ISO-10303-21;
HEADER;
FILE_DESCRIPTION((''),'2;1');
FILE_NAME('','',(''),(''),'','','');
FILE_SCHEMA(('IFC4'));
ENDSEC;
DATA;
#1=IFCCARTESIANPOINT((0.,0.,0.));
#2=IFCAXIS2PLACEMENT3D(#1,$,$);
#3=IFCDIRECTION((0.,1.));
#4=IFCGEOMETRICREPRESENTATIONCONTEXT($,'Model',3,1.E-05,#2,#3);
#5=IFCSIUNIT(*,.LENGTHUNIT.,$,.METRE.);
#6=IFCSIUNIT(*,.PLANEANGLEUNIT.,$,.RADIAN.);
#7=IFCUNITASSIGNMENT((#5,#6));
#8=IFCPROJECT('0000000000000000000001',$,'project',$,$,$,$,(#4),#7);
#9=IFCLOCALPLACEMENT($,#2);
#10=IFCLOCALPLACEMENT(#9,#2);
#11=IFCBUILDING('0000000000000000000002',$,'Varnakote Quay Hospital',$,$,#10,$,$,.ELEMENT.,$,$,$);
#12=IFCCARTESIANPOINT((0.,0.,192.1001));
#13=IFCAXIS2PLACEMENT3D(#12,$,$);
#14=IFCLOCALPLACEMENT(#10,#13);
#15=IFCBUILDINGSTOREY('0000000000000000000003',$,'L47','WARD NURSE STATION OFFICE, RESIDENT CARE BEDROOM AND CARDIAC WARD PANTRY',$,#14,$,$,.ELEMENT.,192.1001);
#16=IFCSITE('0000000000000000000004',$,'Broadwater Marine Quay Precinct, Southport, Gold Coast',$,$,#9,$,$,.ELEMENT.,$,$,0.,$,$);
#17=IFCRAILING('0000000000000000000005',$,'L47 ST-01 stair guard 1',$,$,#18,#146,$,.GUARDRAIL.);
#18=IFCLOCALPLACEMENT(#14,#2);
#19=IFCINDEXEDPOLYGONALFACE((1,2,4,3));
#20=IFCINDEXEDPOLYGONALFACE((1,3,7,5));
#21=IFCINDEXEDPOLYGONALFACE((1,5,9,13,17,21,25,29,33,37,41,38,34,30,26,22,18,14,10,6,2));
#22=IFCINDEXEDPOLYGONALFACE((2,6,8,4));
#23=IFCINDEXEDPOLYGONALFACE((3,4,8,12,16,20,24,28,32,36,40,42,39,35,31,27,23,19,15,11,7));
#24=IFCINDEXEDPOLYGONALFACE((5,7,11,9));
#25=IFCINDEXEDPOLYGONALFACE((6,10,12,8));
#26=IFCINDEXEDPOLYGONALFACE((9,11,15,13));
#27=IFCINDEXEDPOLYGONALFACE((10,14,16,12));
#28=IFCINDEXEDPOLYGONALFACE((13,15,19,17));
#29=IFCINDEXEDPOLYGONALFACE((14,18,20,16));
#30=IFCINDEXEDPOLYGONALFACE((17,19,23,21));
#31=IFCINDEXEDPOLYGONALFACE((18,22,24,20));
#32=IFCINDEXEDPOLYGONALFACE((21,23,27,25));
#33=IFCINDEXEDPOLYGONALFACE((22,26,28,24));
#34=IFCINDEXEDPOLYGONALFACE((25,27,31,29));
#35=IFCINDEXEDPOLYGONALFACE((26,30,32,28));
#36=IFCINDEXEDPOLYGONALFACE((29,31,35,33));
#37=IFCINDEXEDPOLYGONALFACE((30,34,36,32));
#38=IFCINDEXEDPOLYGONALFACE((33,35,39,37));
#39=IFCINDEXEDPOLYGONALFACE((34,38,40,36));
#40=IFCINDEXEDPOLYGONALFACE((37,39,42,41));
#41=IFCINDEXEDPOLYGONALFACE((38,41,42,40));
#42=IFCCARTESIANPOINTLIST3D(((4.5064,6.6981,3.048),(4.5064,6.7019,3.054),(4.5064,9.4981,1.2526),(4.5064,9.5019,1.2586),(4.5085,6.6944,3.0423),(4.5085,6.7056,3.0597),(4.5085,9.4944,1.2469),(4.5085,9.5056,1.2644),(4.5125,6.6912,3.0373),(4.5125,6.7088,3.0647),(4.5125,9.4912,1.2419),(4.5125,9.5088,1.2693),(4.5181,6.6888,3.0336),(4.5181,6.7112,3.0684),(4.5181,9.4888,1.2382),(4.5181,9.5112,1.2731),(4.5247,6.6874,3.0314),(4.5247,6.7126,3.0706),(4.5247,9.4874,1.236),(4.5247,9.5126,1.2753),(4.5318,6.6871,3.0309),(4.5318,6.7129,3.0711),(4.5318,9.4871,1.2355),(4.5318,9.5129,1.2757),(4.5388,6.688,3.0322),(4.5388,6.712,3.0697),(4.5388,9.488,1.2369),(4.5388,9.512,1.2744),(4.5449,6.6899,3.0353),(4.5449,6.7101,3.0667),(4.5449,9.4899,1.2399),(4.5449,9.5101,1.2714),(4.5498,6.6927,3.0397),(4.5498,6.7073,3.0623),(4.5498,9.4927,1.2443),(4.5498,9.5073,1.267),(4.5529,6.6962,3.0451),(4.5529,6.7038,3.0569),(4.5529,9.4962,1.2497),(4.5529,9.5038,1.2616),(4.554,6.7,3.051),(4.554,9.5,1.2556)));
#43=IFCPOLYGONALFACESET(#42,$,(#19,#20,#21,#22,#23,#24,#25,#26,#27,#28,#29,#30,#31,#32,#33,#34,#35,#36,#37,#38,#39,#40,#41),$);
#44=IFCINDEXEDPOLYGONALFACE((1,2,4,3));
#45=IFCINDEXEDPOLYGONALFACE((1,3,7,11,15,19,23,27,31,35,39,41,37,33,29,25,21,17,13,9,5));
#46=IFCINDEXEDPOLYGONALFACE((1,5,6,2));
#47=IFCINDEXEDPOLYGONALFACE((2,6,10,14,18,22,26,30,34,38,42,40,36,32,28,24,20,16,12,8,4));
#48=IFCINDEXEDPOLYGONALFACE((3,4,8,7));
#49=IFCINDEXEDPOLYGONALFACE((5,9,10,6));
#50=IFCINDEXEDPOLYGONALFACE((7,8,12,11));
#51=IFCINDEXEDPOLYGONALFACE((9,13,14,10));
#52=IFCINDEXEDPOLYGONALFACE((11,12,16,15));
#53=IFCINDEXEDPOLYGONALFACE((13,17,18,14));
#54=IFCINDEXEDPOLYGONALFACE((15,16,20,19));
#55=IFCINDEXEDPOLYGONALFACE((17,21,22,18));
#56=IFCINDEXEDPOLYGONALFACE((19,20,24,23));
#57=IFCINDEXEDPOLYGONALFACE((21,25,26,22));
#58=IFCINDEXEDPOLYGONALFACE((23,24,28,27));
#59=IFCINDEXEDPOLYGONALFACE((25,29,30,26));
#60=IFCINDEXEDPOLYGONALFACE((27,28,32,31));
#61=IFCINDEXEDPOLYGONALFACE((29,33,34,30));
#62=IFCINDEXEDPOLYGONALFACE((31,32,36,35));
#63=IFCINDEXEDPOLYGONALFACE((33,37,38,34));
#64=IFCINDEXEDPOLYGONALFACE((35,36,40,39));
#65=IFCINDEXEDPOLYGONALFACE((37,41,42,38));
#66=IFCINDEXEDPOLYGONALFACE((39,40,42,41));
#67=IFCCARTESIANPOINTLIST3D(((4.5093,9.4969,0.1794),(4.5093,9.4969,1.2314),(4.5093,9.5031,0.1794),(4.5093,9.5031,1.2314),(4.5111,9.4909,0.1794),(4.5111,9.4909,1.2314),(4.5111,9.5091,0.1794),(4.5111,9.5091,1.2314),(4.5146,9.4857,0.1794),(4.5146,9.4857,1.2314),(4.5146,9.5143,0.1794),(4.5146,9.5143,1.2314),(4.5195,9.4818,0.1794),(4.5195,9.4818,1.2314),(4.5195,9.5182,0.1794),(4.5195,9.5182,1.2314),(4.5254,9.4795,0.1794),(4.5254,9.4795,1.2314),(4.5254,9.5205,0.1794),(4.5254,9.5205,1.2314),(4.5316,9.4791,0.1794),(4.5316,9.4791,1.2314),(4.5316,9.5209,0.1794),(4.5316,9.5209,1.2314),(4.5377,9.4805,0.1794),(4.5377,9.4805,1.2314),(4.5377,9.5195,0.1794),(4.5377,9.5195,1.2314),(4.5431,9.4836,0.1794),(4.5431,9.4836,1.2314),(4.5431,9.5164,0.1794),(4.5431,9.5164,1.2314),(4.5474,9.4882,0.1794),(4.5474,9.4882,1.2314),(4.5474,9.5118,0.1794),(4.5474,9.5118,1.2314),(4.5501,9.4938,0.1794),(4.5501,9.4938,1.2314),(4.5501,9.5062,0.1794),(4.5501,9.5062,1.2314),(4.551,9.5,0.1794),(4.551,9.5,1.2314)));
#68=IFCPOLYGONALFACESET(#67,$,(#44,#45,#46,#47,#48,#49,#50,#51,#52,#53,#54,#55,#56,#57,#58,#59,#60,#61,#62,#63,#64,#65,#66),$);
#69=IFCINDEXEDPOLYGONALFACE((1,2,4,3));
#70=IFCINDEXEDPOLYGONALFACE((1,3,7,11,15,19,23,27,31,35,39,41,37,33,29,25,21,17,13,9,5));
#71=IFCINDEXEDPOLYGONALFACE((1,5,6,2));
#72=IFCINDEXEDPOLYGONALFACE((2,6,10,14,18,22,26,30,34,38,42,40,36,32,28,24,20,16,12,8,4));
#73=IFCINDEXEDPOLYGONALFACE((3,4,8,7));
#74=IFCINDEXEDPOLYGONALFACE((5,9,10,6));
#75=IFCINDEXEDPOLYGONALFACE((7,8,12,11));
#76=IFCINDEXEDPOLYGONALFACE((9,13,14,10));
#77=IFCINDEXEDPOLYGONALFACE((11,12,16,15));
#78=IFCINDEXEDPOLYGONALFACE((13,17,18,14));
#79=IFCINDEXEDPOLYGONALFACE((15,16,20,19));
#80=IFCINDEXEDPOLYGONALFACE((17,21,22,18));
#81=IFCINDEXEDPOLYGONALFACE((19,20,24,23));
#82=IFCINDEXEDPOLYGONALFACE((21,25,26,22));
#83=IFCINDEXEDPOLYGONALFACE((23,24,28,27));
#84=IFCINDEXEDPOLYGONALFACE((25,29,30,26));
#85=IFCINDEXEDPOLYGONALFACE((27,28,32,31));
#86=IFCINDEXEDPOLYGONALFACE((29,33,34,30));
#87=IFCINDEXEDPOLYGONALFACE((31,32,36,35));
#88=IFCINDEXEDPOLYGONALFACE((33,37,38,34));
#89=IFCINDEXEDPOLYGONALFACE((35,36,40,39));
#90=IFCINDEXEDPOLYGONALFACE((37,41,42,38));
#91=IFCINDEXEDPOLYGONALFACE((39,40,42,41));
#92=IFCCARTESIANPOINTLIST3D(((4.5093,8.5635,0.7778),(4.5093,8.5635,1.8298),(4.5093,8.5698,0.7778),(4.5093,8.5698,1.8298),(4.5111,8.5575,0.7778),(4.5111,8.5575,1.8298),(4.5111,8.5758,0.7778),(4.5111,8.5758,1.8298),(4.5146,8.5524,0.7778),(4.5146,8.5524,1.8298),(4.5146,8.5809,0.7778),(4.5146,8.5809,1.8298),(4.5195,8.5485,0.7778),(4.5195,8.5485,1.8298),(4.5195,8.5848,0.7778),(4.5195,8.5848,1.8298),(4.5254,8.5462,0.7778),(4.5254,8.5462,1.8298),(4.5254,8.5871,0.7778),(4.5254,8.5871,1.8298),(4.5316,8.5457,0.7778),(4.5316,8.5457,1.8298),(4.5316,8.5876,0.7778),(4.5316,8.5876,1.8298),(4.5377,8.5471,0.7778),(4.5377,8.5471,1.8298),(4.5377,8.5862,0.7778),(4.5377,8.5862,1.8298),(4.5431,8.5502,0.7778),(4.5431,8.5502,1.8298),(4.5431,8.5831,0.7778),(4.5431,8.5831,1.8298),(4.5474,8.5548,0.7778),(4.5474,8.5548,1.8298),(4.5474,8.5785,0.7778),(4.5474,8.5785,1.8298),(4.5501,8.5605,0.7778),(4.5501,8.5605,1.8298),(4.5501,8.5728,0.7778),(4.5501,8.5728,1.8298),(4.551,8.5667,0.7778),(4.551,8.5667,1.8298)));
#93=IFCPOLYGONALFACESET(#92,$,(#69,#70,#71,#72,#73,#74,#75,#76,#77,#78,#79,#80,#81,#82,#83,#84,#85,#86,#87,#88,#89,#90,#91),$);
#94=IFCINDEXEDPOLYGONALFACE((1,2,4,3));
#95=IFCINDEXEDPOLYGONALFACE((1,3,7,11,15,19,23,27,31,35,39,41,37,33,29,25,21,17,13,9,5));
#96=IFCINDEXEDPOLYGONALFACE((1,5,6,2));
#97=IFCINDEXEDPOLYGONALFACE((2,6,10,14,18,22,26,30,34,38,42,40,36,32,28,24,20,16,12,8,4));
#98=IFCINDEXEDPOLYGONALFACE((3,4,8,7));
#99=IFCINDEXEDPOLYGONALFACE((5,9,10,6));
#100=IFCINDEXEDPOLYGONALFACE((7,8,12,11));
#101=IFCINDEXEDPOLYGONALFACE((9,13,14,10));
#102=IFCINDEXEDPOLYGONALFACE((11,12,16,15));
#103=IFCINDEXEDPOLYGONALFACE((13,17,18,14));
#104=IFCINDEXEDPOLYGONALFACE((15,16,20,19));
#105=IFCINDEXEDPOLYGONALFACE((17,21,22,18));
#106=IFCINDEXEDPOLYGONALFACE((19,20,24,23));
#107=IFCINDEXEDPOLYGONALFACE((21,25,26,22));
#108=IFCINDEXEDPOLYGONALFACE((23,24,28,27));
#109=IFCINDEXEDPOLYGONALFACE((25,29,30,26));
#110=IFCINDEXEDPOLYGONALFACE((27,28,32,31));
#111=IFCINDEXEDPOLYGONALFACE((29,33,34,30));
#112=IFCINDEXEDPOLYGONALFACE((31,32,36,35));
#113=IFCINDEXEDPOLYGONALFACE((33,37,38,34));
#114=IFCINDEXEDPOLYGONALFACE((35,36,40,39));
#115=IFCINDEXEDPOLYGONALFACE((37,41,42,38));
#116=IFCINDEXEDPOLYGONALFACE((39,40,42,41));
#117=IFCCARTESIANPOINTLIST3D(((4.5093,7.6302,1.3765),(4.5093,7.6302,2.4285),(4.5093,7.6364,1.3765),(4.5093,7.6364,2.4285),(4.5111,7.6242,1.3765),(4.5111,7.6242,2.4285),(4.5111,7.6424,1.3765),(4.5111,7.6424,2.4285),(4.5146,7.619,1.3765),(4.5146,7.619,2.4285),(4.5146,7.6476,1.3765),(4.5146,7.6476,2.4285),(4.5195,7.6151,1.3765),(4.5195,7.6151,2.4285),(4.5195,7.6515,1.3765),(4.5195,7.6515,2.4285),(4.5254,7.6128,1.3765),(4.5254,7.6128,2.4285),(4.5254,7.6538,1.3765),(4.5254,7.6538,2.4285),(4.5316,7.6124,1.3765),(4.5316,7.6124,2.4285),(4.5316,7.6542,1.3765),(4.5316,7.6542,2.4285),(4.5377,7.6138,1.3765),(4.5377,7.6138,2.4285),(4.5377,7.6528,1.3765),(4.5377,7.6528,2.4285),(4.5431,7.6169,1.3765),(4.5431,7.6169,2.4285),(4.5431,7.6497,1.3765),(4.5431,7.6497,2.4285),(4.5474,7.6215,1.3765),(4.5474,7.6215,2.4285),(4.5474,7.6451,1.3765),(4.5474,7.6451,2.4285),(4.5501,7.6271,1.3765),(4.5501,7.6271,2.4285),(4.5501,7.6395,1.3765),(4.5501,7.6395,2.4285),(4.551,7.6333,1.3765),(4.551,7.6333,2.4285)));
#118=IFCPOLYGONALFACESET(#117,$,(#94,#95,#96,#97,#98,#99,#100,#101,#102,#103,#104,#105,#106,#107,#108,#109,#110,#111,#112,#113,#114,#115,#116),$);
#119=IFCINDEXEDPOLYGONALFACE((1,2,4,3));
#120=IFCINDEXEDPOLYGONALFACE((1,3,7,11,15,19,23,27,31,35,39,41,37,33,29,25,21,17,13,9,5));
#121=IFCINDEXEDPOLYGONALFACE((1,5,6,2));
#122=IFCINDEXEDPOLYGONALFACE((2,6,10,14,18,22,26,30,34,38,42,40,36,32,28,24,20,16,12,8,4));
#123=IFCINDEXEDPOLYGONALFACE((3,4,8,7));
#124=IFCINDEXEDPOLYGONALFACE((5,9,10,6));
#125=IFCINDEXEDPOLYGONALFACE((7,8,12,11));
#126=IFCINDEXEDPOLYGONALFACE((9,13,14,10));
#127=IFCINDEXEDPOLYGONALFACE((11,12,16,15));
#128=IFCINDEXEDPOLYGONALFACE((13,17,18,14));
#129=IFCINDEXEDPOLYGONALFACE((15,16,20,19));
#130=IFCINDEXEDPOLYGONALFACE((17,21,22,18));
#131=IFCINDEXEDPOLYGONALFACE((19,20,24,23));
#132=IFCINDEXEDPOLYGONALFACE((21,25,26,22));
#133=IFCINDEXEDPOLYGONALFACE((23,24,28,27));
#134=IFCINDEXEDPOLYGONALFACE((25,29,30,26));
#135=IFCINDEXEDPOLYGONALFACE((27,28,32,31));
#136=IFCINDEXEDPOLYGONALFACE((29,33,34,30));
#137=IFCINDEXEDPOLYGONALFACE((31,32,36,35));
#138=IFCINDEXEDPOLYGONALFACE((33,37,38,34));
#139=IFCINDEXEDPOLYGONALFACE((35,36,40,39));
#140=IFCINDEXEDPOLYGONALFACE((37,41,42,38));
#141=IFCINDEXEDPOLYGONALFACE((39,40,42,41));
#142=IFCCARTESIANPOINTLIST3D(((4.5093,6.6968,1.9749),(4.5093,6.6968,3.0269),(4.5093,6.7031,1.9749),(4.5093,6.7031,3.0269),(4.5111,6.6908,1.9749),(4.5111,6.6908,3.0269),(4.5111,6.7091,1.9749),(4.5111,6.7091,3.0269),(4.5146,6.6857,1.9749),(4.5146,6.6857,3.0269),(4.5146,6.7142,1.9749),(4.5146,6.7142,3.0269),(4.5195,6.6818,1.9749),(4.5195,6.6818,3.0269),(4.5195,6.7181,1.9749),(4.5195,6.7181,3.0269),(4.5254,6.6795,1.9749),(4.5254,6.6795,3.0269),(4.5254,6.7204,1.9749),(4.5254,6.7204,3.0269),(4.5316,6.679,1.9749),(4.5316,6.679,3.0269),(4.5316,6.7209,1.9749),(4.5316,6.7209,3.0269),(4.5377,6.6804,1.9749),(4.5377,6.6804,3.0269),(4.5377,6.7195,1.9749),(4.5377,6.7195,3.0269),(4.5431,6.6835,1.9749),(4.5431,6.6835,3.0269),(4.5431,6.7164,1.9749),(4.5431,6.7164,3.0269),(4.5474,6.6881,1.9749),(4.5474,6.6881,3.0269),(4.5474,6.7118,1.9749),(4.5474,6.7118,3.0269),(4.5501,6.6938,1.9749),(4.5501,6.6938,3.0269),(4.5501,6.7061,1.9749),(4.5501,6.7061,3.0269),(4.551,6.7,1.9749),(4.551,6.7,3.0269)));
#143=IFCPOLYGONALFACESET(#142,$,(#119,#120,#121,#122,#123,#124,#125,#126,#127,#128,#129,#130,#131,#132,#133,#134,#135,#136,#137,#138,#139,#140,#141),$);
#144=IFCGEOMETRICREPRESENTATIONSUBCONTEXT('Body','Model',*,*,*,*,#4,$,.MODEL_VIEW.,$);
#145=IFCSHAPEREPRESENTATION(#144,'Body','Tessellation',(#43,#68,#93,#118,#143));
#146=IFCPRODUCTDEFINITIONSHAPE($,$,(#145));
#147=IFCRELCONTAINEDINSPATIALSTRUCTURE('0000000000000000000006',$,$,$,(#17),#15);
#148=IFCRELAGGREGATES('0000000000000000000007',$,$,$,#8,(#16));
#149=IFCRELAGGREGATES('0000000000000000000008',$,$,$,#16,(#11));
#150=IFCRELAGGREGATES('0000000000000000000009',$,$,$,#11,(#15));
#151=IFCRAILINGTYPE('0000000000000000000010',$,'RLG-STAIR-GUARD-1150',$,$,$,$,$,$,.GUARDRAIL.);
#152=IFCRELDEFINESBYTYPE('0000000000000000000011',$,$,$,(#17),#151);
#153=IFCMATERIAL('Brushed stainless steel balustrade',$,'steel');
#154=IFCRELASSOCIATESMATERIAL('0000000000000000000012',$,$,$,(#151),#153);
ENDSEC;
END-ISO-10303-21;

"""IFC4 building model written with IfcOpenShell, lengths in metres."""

from ifc_helpers import new_model, si_unit, direction, frame, origin, origin_2d, place, context, subcontext, project, spatial, circle, extrude, material, type_object, element, save


model = new_model("IFC4")

# Units and contexts
model_context = context("Model", 3, precision=1e-05, world=origin(), true_north=direction((0.0, 1.0)))
body_context = subcontext(model_context, "Body", "Model", "MODEL_VIEW")
ifc_project = project(units=[si_unit("LENGTHUNIT", "METRE"), si_unit("PLANEANGLEUNIT", "RADIAN")], contexts=[model_context])

# Site, building, storey
site_placement = place(None, origin())
site = spatial("IfcSite", under=ifc_project, at=site_placement, Name="Broadwater Marine Quay Precinct, Southport, Gold Coast", CompositionType="ELEMENT", RefElevation=0.0)
building_placement = place(site_placement, origin())
building = spatial("IfcBuilding", under=site, at=building_placement, Name="Varnakote Quay Hospital", CompositionType="ELEMENT")
storey_placement = place(building_placement, frame((0.0, 0.0, 192.1001)))
storey = spatial("IfcBuildingStorey", under=building, at=storey_placement, Name="L47", Description="WARD NURSE STATION OFFICE, RESIDENT CARE BEDROOM AND CARDIAC WARD PANTRY", CompositionType="ELEMENT", Elevation=192.1001)

# Railing
ifc_material_1 = material(Name="Brushed stainless steel balustrade", Category="steel")
railing_type_1 = type_object("IfcRailingType", Name="RLG-STAIR-GUARD-1150", PredefinedType="GUARDRAIL", material=ifc_material_1)
railing_1_placement = place(storey_placement, frame((4.53, 9.5, 0.1794)))
element("IfcRailing", 1, at=railing_1_placement, inside=storey, type_object=railing_type_1, Name="L47 ST-01 stair guard 1", PredefinedType="GUARDRAIL", context=body_context, shape_type="SweptSolid", body=[
    extrude(circle(Radius=0.0239, at=origin_2d()), frame((0.0, 0.0, 1.0762), z_axis=(0.0, -0.84181, 0.539774), x_axis=(1.0, 0.0, 0.0)), (0.0, 0.0, 1.0), 3.3262),
    extrude(circle(Radius=0.021, at=origin_2d()), origin(), (0.0, 0.0, 1.0), 1.052),
    extrude(circle(Radius=0.021, at=origin_2d()), frame((0.0, -0.9333, 0.5984)), (0.0, 0.0, 1.0), 1.052),
    extrude(circle(Radius=0.021, at=origin_2d()), frame((0.0, -1.8667, 1.197)), (0.0, 0.0, 1.0), 1.052),
    extrude(circle(Radius=0.021, at=origin_2d()), frame((0.0, -2.8, 1.7954)), (0.0, 0.0, 1.0), 1.052),
])

save(model, "model.ifc")
